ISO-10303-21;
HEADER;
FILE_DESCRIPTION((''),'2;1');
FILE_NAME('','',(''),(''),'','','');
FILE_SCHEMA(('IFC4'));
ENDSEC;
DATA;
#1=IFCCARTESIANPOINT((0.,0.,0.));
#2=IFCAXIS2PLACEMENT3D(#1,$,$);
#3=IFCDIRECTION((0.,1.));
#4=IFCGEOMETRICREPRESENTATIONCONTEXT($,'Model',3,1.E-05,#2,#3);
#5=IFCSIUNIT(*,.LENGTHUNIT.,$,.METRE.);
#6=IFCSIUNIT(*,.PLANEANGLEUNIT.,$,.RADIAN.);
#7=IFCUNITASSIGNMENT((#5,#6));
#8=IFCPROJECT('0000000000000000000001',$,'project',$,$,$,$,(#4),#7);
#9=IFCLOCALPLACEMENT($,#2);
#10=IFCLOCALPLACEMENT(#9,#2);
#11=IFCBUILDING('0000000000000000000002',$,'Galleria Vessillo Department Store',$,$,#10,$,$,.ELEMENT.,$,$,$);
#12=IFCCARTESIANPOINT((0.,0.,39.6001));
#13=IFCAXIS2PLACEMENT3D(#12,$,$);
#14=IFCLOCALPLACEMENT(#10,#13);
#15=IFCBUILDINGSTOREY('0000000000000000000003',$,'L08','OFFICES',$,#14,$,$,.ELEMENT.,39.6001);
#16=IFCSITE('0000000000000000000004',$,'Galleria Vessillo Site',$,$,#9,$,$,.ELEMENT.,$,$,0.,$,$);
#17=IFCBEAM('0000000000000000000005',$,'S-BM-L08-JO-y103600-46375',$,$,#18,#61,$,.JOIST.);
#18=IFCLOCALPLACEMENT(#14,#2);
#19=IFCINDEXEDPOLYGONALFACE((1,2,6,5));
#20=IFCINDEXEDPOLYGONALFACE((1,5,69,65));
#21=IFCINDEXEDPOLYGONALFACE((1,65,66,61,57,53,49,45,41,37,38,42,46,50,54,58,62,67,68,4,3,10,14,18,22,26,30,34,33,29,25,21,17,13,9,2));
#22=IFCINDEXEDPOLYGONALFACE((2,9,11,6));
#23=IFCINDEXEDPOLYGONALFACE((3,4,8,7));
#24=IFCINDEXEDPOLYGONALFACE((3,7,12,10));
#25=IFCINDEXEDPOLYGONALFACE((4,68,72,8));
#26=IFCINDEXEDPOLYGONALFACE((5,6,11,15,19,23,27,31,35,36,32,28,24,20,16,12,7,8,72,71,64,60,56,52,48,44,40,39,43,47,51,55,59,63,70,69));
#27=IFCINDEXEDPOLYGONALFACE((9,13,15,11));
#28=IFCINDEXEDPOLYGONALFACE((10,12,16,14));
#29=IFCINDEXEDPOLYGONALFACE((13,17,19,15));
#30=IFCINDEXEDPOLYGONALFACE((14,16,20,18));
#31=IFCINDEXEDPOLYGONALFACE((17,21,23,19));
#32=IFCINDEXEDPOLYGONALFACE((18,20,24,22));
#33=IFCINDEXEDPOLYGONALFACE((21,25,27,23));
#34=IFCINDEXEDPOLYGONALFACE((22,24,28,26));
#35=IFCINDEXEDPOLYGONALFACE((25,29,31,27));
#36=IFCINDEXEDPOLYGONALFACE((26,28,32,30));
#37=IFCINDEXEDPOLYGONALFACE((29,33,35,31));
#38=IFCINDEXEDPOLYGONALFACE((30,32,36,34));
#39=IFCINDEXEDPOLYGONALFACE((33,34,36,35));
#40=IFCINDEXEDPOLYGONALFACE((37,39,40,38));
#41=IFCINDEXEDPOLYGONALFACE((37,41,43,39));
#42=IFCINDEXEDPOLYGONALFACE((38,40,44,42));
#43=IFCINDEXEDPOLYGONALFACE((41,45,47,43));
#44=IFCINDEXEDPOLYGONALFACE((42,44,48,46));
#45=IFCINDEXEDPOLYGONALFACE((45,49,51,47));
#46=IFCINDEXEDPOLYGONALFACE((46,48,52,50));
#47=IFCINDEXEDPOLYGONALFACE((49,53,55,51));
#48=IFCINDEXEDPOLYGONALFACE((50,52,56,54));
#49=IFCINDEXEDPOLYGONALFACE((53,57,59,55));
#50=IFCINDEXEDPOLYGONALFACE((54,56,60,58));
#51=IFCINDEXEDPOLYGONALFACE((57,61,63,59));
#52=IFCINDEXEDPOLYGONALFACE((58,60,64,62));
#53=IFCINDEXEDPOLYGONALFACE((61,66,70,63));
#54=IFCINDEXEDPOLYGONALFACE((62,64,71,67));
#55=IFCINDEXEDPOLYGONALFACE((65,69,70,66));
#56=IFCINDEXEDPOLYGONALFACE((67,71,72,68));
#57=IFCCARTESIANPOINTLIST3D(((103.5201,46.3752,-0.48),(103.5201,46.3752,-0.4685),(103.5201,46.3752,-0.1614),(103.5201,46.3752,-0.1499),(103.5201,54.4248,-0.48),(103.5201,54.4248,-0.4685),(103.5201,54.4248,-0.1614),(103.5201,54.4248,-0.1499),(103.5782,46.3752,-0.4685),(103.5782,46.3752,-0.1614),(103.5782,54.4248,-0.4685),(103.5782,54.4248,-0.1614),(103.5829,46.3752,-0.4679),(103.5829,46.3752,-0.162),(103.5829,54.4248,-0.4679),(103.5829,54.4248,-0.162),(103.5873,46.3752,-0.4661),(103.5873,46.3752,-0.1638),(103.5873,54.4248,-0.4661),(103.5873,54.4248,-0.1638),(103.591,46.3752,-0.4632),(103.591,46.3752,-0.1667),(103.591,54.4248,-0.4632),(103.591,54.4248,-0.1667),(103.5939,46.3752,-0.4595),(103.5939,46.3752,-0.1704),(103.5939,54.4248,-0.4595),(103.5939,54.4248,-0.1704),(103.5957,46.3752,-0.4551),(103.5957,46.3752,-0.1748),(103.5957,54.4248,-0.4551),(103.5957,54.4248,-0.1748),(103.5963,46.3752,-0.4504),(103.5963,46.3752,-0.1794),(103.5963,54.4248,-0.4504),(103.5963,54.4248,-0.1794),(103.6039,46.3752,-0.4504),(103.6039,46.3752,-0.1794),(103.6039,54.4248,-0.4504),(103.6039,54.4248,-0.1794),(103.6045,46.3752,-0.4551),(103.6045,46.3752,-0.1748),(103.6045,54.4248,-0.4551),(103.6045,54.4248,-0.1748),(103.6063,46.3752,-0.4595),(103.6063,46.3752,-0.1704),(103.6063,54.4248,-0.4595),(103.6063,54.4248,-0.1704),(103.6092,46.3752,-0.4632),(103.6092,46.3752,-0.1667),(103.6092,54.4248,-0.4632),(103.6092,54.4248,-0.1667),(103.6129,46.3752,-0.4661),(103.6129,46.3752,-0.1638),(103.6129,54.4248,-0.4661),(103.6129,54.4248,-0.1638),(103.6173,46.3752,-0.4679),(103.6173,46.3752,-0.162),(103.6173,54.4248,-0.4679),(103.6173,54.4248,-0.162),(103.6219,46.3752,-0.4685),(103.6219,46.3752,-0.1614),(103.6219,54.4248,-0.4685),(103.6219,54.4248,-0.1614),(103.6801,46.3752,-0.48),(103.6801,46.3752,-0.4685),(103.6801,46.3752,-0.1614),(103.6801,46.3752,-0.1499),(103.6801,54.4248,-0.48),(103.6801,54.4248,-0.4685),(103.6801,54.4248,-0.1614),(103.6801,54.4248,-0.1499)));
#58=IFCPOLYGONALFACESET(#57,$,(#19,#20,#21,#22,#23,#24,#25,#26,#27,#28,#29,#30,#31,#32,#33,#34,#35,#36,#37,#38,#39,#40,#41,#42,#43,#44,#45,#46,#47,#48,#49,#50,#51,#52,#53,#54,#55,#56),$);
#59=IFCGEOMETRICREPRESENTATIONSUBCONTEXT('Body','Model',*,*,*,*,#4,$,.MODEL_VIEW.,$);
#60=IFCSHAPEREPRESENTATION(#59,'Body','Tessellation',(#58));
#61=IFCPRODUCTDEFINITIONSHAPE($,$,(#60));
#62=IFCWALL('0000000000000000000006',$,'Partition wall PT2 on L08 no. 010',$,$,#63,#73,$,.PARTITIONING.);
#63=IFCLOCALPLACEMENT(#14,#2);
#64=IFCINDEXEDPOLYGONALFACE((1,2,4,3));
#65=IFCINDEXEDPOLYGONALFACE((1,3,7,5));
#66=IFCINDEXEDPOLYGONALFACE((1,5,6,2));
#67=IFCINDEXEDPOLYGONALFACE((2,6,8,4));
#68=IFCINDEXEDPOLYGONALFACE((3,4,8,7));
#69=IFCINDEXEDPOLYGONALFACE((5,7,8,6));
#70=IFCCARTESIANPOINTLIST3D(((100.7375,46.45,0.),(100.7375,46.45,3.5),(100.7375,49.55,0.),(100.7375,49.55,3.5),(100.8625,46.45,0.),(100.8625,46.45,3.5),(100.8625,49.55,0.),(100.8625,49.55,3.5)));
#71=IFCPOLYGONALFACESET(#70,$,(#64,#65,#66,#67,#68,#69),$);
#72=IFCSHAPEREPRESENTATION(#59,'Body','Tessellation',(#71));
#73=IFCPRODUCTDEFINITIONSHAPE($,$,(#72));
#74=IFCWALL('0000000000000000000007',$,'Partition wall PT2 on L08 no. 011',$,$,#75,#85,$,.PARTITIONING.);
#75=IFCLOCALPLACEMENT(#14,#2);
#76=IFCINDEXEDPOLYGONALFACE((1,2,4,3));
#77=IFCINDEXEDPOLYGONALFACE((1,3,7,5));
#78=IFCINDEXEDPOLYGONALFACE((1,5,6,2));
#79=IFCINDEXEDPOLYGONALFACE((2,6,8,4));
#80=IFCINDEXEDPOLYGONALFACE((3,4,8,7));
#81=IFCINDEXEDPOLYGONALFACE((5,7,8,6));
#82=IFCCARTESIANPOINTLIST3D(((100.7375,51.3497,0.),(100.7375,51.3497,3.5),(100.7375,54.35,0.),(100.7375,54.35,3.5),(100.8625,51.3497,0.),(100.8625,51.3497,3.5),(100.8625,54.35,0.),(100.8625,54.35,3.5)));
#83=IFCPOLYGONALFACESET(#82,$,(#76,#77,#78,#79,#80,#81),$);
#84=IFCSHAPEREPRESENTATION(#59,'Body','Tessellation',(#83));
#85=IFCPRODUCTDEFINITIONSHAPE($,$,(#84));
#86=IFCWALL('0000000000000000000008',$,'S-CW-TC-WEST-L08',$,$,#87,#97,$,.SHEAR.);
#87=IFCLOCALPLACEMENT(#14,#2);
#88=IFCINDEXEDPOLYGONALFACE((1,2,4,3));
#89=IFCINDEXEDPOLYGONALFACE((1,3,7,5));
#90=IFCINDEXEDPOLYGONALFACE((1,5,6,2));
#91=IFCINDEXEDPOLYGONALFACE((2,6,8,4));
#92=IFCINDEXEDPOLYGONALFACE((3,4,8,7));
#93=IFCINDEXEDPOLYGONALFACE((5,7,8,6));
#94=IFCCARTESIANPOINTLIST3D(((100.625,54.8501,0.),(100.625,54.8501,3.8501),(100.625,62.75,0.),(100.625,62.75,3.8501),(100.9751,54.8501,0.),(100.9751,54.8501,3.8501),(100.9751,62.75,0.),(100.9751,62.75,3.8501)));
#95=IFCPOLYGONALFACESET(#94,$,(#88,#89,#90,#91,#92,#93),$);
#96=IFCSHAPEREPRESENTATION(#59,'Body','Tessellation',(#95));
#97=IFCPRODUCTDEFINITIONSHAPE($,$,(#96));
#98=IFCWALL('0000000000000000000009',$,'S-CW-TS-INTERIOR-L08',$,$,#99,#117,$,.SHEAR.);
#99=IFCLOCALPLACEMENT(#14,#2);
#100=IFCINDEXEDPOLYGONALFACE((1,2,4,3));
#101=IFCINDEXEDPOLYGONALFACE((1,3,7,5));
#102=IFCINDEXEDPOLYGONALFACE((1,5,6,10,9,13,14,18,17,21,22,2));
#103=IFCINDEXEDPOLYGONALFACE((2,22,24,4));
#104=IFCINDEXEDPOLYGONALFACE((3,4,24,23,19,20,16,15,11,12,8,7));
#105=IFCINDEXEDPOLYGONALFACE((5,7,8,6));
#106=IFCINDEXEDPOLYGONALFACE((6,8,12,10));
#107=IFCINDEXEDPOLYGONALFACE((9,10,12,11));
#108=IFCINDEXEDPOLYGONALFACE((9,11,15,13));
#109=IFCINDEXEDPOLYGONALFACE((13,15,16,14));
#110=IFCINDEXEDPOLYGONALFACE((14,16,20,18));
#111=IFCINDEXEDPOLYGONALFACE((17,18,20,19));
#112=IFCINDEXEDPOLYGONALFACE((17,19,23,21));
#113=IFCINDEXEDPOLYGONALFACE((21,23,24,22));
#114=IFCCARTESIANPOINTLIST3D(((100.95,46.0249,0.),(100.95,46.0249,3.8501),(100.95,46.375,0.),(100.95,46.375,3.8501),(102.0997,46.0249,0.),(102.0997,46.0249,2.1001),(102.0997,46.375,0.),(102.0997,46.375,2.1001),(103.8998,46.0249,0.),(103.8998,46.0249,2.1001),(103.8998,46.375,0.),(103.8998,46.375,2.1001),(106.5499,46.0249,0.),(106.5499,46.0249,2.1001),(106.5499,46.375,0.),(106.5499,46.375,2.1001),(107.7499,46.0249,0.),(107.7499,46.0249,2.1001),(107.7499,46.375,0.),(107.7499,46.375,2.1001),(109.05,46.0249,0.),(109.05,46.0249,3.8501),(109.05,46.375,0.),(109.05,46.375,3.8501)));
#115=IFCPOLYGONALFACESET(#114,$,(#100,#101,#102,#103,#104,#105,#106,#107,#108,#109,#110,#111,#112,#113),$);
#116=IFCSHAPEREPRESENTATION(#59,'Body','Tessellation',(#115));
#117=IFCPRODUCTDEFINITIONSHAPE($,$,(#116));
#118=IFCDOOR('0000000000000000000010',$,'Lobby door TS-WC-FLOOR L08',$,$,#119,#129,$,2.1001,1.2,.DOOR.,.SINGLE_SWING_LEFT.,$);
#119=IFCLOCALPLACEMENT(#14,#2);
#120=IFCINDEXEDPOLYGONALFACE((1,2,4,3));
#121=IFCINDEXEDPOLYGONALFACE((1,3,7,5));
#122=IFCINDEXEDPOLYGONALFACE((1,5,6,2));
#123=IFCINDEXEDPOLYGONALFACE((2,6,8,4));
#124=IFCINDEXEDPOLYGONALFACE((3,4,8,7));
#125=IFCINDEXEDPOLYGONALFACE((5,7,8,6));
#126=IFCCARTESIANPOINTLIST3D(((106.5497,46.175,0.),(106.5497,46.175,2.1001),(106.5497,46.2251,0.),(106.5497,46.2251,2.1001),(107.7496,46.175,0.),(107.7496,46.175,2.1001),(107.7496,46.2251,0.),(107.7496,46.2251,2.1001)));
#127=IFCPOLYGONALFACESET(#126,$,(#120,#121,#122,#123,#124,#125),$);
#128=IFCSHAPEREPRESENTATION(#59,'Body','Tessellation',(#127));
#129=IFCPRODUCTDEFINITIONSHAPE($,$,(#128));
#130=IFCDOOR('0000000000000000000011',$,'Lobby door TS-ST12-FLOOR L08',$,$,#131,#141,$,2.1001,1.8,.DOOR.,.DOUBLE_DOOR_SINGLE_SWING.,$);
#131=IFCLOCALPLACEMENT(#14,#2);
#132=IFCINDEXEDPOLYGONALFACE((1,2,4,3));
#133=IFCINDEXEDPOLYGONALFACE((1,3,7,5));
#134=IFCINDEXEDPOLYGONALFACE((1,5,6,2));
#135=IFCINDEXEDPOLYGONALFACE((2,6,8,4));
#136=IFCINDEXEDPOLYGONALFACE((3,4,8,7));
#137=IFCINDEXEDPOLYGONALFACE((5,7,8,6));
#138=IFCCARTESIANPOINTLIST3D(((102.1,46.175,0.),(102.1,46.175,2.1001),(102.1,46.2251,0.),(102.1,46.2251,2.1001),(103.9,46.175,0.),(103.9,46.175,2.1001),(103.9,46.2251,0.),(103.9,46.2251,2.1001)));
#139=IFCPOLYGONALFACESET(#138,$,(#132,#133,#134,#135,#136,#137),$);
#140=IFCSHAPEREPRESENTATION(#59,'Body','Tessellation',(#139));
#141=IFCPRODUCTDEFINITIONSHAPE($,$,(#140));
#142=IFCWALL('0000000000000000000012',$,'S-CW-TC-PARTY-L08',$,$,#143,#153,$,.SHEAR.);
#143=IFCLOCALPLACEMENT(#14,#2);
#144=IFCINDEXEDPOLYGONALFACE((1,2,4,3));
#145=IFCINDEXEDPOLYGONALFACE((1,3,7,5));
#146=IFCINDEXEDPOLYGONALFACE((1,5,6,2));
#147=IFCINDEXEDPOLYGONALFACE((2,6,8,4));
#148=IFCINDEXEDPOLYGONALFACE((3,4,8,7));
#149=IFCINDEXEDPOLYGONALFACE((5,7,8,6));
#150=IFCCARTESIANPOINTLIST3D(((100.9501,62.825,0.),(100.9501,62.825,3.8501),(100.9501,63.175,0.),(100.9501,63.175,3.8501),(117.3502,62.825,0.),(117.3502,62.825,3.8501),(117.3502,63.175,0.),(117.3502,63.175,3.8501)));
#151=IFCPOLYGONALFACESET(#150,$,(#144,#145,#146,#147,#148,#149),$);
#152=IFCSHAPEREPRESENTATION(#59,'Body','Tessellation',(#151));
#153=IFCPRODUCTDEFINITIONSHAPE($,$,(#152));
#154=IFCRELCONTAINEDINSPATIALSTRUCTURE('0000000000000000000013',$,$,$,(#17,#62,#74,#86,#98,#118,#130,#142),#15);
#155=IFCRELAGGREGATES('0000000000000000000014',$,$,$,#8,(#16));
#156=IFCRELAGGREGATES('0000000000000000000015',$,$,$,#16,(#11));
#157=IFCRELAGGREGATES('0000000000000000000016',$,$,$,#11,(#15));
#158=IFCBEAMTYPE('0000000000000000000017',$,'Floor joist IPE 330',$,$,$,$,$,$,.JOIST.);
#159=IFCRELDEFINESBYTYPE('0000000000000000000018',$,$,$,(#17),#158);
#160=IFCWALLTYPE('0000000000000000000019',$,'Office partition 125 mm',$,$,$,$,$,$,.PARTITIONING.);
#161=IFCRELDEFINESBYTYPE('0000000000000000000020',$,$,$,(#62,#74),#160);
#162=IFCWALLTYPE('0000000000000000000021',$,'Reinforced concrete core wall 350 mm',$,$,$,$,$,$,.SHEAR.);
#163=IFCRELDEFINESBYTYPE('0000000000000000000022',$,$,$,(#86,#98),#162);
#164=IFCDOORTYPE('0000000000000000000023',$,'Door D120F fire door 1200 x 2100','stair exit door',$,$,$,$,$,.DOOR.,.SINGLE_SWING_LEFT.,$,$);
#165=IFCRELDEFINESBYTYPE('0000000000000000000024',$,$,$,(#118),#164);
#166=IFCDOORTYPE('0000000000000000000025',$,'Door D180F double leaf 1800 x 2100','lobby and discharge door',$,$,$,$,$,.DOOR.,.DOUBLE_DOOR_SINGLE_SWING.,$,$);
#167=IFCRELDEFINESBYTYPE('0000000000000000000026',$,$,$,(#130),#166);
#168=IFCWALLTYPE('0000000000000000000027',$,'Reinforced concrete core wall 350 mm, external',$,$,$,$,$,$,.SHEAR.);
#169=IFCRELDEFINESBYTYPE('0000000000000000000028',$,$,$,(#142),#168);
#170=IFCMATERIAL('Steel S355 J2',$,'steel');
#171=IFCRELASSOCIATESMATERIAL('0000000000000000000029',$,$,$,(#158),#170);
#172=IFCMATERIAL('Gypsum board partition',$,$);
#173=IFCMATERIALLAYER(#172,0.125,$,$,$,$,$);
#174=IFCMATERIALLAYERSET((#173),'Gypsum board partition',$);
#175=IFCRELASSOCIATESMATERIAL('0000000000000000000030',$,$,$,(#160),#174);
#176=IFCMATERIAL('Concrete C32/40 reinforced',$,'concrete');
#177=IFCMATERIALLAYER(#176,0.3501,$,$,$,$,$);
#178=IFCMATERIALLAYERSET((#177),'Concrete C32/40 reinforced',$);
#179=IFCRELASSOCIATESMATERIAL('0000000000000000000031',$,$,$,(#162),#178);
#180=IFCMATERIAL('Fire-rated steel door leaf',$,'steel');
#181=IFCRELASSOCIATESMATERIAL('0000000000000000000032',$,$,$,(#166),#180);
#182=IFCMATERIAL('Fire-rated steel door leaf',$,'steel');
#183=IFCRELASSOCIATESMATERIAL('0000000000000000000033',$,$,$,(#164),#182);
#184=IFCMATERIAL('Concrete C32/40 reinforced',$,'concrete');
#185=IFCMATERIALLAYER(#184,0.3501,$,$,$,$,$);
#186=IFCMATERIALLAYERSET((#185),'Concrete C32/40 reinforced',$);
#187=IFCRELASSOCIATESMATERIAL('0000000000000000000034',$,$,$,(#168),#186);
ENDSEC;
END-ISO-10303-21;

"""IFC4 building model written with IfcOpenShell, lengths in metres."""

from ifc_helpers import new_model, si_unit, direction, frame, frame_2d, origin, origin_2d, place, context, subcontext, project, spatial, rectangle, i_section, extrude, material, layer, layer_set, material_profile, profile_set, type_object, element, fill, save


model = new_model("IFC4")

# Units and contexts
model_context = context("Model", 3, precision=1e-05, world=origin(), true_north=direction((0.0, 1.0)))
body_context = subcontext(model_context, "Body", "Model", "MODEL_VIEW")
ifc_project = project(units=[si_unit("LENGTHUNIT", "METRE"), si_unit("PLANEANGLEUNIT", "RADIAN")], contexts=[model_context])

# Site, building, storey
site_placement = place(None, origin())
site = spatial("IfcSite", under=ifc_project, at=site_placement, Name="Galleria Vessillo Site", CompositionType="ELEMENT", RefElevation=0.0)
building_placement = place(site_placement, origin())
building = spatial("IfcBuilding", under=site, at=building_placement, Name="Galleria Vessillo Department Store", CompositionType="ELEMENT")
storey_placement = place(building_placement, frame((0.0, 0.0, 39.6001)))
storey = spatial("IfcBuildingStorey", under=building, at=storey_placement, Name="L08", Description="OFFICES", CompositionType="ELEMENT", Elevation=39.6001)

# Beam
ifc_material_1 = material(Name="Steel S355 J2", Category="steel")
ifc_material_profile_1 = material_profile(ifc_material_1, i_section(OverallWidth=0.1599, OverallDepth=0.3301, WebThickness=0.0076, FlangeThickness=0.0115, FilletRadius=0.0181, at=origin_2d()), Name="IPE 330")
ifc_profile_set_1 = profile_set([ifc_material_profile_1], Name="Steel S355 J2")
beam_type_1 = type_object("IfcBeamType", Name="Floor joist IPE 330", PredefinedType="JOIST", material=ifc_profile_set_1)
beam_1_placement = place(storey_placement, frame((103.6001, 46.3752, -0.3149), z_axis=(0.0, 1.0, 0.0), x_axis=(-1.0, 0.0, 0.0)))
element("IfcBeam", 1, at=beam_1_placement, inside=storey, type_object=beam_type_1, Name="S-BM-L08-JO-y103600-46375", PredefinedType="JOIST", context=body_context, shape_type="SweptSolid", body=[
    extrude(i_section(OverallWidth=0.1599, OverallDepth=0.3301, WebThickness=0.0076, FlangeThickness=0.0115, FilletRadius=0.0181, at=origin_2d()), origin(), (0.0, 0.0, 1.0), 8.0496),
])

# Walls
ifc_material_2 = material(Name="Gypsum board partition")
ifc_layer_1 = layer(ifc_material_2, 0.125)
ifc_layer_set_1 = layer_set([ifc_layer_1], Name="Gypsum board partition")
wall_type_1 = type_object("IfcWallType", Name="Office partition 125 mm", PredefinedType="PARTITIONING", material=ifc_layer_set_1)
wall_1_placement = place(storey_placement, frame((100.8, 46.45, 0.0), z_axis=(0.0, 0.0, 1.0), x_axis=(0.0, 1.0, 0.0)))
element("IfcWall", 2, at=wall_1_placement, inside=storey, type_object=wall_type_1, Name="Partition wall PT2 on L08 no. 010", PredefinedType="PARTITIONING", context=body_context, shape_type="SweptSolid", body=[
    extrude(rectangle(XDim=3.1001, YDim=0.125, at=frame_2d((1.55, 0.0))), origin(), (0.0, 0.0, 1.0), 3.5),
])
wall_2_placement = place(storey_placement, frame((100.8, 51.3499, 0.0), z_axis=(0.0, 0.0, 1.0), x_axis=(0.0, 1.0, 0.0)))
element("IfcWall", 3, at=wall_2_placement, inside=storey, type_object=wall_type_1, Name="Partition wall PT2 on L08 no. 011", PredefinedType="PARTITIONING", context=body_context, shape_type="SweptSolid", body=[
    extrude(rectangle(XDim=3.0002, YDim=0.125, at=frame_2d((1.5, 0.0))), origin(), (0.0, 0.0, 1.0), 3.5),
])

# Shared definitions
ifc_material_3 = material(Name="Concrete C32/40 reinforced", Category="concrete")
ifc_layer_2 = layer(ifc_material_3, 0.3501)
ifc_layer_set_2 = layer_set([ifc_layer_2], Name="Concrete C32/40 reinforced")
wall_type_2 = type_object("IfcWallType", Name="Reinforced concrete core wall 350 mm", PredefinedType="SHEAR", material=ifc_layer_set_2)
ifc_material_4 = material(Name="Fire-rated steel door leaf", Category="steel")
door_type_1 = type_object("IfcDoorType", Name="Door D180F double leaf 1800 x 2100", Description="lobby and discharge door", OperationType="DOUBLE_DOOR_SINGLE_SWING", PredefinedType="DOOR", material=ifc_material_4)

# Wall
wall_3_placement = place(storey_placement, frame((100.8, 54.8501, 0.0), z_axis=(0.0, 0.0, 1.0), x_axis=(0.0, 1.0, 0.0)))
element("IfcWall", 4, at=wall_3_placement, inside=storey, type_object=wall_type_2, Name="S-CW-TC-WEST-L08", PredefinedType="SHEAR", context=body_context, shape_type="SweptSolid", body=[
    extrude(rectangle(XDim=7.8999, YDim=0.3501, at=frame_2d((3.95, 0.0))), origin(), (0.0, 0.0, 1.0), 3.8501),
])

# Wall, openings, doors
wall_4_placement = place(storey_placement, frame((100.95, 46.2, 0.0), z_axis=(0.0, 0.0, 1.0), x_axis=(1.0, 0.0, 0.0)))
wall_4 = element("IfcWall", 5, at=wall_4_placement, inside=storey, type_object=wall_type_2, Name="S-CW-TS-INTERIOR-L08", PredefinedType="SHEAR", context=body_context, shape_type="SweptSolid", body=[
    extrude(rectangle(XDim=8.1001, YDim=0.3501, at=frame_2d((4.05, 0.0))), origin(), (0.0, 0.0, 1.0), 3.8501),
])
opening_1_placement = place(wall_4_placement, frame((1.1499, 0.0, 0.0)))
opening_1 = element("IfcOpeningElement", 6, at=opening_1_placement, cuts=wall_4, PredefinedType="OPENING", context=body_context, shape_type="SweptSolid", body=[
    extrude(rectangle(XDim=1.8, YDim=2.1001, at=frame_2d((0.8999, 1.05))), frame((0.0, 0.1851, 0.0), z_axis=(0.0, -1.0, 0.0), x_axis=(1.0, 0.0, 0.0)), (0.0, 0.0, 1.0), 0.3701),
])
opening_2_placement = place(wall_4_placement, frame((5.5999, 0.0, 0.0)))
opening_2 = element("IfcOpeningElement", 7, at=opening_2_placement, cuts=wall_4, PredefinedType="OPENING", context=body_context, shape_type="SweptSolid", body=[
    extrude(rectangle(XDim=1.2, YDim=2.1001, at=frame_2d((0.6001, 1.05))), frame((0.0, 0.1851, 0.0), z_axis=(0.0, -1.0, 0.0), x_axis=(1.0, 0.0, 0.0)), (0.0, 0.0, 1.0), 0.3701),
])
ifc_material_5 = material(Name="Fire-rated steel door leaf", Category="steel")
door_type_2 = type_object("IfcDoorType", Name="Door D120F fire door 1200 x 2100", Description="stair exit door", OperationType="SINGLE_SWING_LEFT", PredefinedType="DOOR", material=ifc_material_5)
door_1_placement = place(opening_2_placement, frame((1.2, 0.0, 0.0), z_axis=(0.0, 0.0, 1.0), x_axis=(-1.0, 0.0, 0.0)))
door_1 = element("IfcDoor", 8, at=door_1_placement, inside=storey, type_object=door_type_2, Name="Lobby door TS-WC-FLOOR L08", OperationType="SINGLE_SWING_LEFT", OverallHeight=2.1001, OverallWidth=1.2, PredefinedType="DOOR", context=body_context, shape_type="SweptSolid", body=[
    extrude(rectangle(XDim=1.2, YDim=2.1001, at=frame_2d((0.6001, 1.05))), frame((0.0, 0.0249, 0.0), z_axis=(0.0, -1.0, 0.0), x_axis=(1.0, 0.0, 0.0)), (0.0, 0.0, 1.0), 0.05),
])
fill(opening_2, door_1)
door_2_placement = place(opening_1_placement, frame((1.8, 0.0, 0.0), z_axis=(0.0, 0.0, 1.0), x_axis=(-1.0, 0.0, 0.0)))
door_2 = element("IfcDoor", 9, at=door_2_placement, inside=storey, type_object=door_type_1, Name="Lobby door TS-ST12-FLOOR L08", OperationType="DOUBLE_DOOR_SINGLE_SWING", OverallHeight=2.1001, OverallWidth=1.8, PredefinedType="DOOR", context=body_context, shape_type="SweptSolid", body=[
    extrude(rectangle(XDim=1.8, YDim=2.1001, at=frame_2d((0.8999, 1.05))), frame((0.0, 0.0249, 0.0), z_axis=(0.0, -1.0, 0.0), x_axis=(1.0, 0.0, 0.0)), (0.0, 0.0, 1.0), 0.05),
])
fill(opening_1, door_2)

# Wall
ifc_material_6 = material(Name="Concrete C32/40 reinforced", Category="concrete")
ifc_layer_3 = layer(ifc_material_6, 0.3501)
ifc_layer_set_3 = layer_set([ifc_layer_3], Name="Concrete C32/40 reinforced")
wall_type_3 = type_object("IfcWallType", Name="Reinforced concrete core wall 350 mm, external", PredefinedType="SHEAR", material=ifc_layer_set_3)
wall_5_placement = place(storey_placement, frame((100.95, 63.0, 0.0), z_axis=(0.0, 0.0, 1.0), x_axis=(1.0, 0.0, 0.0)))
element("IfcWall", 10, at=wall_5_placement, inside=storey, type_object=wall_type_3, Name="S-CW-TC-PARTY-L08", PredefinedType="SHEAR", context=body_context, shape_type="SweptSolid", body=[
    extrude(rectangle(XDim=16.4001, YDim=0.3501, at=frame_2d((8.2002, 0.0))), origin(), (0.0, 0.0, 1.0), 3.8501),
])

save(model, "model.ifc")
